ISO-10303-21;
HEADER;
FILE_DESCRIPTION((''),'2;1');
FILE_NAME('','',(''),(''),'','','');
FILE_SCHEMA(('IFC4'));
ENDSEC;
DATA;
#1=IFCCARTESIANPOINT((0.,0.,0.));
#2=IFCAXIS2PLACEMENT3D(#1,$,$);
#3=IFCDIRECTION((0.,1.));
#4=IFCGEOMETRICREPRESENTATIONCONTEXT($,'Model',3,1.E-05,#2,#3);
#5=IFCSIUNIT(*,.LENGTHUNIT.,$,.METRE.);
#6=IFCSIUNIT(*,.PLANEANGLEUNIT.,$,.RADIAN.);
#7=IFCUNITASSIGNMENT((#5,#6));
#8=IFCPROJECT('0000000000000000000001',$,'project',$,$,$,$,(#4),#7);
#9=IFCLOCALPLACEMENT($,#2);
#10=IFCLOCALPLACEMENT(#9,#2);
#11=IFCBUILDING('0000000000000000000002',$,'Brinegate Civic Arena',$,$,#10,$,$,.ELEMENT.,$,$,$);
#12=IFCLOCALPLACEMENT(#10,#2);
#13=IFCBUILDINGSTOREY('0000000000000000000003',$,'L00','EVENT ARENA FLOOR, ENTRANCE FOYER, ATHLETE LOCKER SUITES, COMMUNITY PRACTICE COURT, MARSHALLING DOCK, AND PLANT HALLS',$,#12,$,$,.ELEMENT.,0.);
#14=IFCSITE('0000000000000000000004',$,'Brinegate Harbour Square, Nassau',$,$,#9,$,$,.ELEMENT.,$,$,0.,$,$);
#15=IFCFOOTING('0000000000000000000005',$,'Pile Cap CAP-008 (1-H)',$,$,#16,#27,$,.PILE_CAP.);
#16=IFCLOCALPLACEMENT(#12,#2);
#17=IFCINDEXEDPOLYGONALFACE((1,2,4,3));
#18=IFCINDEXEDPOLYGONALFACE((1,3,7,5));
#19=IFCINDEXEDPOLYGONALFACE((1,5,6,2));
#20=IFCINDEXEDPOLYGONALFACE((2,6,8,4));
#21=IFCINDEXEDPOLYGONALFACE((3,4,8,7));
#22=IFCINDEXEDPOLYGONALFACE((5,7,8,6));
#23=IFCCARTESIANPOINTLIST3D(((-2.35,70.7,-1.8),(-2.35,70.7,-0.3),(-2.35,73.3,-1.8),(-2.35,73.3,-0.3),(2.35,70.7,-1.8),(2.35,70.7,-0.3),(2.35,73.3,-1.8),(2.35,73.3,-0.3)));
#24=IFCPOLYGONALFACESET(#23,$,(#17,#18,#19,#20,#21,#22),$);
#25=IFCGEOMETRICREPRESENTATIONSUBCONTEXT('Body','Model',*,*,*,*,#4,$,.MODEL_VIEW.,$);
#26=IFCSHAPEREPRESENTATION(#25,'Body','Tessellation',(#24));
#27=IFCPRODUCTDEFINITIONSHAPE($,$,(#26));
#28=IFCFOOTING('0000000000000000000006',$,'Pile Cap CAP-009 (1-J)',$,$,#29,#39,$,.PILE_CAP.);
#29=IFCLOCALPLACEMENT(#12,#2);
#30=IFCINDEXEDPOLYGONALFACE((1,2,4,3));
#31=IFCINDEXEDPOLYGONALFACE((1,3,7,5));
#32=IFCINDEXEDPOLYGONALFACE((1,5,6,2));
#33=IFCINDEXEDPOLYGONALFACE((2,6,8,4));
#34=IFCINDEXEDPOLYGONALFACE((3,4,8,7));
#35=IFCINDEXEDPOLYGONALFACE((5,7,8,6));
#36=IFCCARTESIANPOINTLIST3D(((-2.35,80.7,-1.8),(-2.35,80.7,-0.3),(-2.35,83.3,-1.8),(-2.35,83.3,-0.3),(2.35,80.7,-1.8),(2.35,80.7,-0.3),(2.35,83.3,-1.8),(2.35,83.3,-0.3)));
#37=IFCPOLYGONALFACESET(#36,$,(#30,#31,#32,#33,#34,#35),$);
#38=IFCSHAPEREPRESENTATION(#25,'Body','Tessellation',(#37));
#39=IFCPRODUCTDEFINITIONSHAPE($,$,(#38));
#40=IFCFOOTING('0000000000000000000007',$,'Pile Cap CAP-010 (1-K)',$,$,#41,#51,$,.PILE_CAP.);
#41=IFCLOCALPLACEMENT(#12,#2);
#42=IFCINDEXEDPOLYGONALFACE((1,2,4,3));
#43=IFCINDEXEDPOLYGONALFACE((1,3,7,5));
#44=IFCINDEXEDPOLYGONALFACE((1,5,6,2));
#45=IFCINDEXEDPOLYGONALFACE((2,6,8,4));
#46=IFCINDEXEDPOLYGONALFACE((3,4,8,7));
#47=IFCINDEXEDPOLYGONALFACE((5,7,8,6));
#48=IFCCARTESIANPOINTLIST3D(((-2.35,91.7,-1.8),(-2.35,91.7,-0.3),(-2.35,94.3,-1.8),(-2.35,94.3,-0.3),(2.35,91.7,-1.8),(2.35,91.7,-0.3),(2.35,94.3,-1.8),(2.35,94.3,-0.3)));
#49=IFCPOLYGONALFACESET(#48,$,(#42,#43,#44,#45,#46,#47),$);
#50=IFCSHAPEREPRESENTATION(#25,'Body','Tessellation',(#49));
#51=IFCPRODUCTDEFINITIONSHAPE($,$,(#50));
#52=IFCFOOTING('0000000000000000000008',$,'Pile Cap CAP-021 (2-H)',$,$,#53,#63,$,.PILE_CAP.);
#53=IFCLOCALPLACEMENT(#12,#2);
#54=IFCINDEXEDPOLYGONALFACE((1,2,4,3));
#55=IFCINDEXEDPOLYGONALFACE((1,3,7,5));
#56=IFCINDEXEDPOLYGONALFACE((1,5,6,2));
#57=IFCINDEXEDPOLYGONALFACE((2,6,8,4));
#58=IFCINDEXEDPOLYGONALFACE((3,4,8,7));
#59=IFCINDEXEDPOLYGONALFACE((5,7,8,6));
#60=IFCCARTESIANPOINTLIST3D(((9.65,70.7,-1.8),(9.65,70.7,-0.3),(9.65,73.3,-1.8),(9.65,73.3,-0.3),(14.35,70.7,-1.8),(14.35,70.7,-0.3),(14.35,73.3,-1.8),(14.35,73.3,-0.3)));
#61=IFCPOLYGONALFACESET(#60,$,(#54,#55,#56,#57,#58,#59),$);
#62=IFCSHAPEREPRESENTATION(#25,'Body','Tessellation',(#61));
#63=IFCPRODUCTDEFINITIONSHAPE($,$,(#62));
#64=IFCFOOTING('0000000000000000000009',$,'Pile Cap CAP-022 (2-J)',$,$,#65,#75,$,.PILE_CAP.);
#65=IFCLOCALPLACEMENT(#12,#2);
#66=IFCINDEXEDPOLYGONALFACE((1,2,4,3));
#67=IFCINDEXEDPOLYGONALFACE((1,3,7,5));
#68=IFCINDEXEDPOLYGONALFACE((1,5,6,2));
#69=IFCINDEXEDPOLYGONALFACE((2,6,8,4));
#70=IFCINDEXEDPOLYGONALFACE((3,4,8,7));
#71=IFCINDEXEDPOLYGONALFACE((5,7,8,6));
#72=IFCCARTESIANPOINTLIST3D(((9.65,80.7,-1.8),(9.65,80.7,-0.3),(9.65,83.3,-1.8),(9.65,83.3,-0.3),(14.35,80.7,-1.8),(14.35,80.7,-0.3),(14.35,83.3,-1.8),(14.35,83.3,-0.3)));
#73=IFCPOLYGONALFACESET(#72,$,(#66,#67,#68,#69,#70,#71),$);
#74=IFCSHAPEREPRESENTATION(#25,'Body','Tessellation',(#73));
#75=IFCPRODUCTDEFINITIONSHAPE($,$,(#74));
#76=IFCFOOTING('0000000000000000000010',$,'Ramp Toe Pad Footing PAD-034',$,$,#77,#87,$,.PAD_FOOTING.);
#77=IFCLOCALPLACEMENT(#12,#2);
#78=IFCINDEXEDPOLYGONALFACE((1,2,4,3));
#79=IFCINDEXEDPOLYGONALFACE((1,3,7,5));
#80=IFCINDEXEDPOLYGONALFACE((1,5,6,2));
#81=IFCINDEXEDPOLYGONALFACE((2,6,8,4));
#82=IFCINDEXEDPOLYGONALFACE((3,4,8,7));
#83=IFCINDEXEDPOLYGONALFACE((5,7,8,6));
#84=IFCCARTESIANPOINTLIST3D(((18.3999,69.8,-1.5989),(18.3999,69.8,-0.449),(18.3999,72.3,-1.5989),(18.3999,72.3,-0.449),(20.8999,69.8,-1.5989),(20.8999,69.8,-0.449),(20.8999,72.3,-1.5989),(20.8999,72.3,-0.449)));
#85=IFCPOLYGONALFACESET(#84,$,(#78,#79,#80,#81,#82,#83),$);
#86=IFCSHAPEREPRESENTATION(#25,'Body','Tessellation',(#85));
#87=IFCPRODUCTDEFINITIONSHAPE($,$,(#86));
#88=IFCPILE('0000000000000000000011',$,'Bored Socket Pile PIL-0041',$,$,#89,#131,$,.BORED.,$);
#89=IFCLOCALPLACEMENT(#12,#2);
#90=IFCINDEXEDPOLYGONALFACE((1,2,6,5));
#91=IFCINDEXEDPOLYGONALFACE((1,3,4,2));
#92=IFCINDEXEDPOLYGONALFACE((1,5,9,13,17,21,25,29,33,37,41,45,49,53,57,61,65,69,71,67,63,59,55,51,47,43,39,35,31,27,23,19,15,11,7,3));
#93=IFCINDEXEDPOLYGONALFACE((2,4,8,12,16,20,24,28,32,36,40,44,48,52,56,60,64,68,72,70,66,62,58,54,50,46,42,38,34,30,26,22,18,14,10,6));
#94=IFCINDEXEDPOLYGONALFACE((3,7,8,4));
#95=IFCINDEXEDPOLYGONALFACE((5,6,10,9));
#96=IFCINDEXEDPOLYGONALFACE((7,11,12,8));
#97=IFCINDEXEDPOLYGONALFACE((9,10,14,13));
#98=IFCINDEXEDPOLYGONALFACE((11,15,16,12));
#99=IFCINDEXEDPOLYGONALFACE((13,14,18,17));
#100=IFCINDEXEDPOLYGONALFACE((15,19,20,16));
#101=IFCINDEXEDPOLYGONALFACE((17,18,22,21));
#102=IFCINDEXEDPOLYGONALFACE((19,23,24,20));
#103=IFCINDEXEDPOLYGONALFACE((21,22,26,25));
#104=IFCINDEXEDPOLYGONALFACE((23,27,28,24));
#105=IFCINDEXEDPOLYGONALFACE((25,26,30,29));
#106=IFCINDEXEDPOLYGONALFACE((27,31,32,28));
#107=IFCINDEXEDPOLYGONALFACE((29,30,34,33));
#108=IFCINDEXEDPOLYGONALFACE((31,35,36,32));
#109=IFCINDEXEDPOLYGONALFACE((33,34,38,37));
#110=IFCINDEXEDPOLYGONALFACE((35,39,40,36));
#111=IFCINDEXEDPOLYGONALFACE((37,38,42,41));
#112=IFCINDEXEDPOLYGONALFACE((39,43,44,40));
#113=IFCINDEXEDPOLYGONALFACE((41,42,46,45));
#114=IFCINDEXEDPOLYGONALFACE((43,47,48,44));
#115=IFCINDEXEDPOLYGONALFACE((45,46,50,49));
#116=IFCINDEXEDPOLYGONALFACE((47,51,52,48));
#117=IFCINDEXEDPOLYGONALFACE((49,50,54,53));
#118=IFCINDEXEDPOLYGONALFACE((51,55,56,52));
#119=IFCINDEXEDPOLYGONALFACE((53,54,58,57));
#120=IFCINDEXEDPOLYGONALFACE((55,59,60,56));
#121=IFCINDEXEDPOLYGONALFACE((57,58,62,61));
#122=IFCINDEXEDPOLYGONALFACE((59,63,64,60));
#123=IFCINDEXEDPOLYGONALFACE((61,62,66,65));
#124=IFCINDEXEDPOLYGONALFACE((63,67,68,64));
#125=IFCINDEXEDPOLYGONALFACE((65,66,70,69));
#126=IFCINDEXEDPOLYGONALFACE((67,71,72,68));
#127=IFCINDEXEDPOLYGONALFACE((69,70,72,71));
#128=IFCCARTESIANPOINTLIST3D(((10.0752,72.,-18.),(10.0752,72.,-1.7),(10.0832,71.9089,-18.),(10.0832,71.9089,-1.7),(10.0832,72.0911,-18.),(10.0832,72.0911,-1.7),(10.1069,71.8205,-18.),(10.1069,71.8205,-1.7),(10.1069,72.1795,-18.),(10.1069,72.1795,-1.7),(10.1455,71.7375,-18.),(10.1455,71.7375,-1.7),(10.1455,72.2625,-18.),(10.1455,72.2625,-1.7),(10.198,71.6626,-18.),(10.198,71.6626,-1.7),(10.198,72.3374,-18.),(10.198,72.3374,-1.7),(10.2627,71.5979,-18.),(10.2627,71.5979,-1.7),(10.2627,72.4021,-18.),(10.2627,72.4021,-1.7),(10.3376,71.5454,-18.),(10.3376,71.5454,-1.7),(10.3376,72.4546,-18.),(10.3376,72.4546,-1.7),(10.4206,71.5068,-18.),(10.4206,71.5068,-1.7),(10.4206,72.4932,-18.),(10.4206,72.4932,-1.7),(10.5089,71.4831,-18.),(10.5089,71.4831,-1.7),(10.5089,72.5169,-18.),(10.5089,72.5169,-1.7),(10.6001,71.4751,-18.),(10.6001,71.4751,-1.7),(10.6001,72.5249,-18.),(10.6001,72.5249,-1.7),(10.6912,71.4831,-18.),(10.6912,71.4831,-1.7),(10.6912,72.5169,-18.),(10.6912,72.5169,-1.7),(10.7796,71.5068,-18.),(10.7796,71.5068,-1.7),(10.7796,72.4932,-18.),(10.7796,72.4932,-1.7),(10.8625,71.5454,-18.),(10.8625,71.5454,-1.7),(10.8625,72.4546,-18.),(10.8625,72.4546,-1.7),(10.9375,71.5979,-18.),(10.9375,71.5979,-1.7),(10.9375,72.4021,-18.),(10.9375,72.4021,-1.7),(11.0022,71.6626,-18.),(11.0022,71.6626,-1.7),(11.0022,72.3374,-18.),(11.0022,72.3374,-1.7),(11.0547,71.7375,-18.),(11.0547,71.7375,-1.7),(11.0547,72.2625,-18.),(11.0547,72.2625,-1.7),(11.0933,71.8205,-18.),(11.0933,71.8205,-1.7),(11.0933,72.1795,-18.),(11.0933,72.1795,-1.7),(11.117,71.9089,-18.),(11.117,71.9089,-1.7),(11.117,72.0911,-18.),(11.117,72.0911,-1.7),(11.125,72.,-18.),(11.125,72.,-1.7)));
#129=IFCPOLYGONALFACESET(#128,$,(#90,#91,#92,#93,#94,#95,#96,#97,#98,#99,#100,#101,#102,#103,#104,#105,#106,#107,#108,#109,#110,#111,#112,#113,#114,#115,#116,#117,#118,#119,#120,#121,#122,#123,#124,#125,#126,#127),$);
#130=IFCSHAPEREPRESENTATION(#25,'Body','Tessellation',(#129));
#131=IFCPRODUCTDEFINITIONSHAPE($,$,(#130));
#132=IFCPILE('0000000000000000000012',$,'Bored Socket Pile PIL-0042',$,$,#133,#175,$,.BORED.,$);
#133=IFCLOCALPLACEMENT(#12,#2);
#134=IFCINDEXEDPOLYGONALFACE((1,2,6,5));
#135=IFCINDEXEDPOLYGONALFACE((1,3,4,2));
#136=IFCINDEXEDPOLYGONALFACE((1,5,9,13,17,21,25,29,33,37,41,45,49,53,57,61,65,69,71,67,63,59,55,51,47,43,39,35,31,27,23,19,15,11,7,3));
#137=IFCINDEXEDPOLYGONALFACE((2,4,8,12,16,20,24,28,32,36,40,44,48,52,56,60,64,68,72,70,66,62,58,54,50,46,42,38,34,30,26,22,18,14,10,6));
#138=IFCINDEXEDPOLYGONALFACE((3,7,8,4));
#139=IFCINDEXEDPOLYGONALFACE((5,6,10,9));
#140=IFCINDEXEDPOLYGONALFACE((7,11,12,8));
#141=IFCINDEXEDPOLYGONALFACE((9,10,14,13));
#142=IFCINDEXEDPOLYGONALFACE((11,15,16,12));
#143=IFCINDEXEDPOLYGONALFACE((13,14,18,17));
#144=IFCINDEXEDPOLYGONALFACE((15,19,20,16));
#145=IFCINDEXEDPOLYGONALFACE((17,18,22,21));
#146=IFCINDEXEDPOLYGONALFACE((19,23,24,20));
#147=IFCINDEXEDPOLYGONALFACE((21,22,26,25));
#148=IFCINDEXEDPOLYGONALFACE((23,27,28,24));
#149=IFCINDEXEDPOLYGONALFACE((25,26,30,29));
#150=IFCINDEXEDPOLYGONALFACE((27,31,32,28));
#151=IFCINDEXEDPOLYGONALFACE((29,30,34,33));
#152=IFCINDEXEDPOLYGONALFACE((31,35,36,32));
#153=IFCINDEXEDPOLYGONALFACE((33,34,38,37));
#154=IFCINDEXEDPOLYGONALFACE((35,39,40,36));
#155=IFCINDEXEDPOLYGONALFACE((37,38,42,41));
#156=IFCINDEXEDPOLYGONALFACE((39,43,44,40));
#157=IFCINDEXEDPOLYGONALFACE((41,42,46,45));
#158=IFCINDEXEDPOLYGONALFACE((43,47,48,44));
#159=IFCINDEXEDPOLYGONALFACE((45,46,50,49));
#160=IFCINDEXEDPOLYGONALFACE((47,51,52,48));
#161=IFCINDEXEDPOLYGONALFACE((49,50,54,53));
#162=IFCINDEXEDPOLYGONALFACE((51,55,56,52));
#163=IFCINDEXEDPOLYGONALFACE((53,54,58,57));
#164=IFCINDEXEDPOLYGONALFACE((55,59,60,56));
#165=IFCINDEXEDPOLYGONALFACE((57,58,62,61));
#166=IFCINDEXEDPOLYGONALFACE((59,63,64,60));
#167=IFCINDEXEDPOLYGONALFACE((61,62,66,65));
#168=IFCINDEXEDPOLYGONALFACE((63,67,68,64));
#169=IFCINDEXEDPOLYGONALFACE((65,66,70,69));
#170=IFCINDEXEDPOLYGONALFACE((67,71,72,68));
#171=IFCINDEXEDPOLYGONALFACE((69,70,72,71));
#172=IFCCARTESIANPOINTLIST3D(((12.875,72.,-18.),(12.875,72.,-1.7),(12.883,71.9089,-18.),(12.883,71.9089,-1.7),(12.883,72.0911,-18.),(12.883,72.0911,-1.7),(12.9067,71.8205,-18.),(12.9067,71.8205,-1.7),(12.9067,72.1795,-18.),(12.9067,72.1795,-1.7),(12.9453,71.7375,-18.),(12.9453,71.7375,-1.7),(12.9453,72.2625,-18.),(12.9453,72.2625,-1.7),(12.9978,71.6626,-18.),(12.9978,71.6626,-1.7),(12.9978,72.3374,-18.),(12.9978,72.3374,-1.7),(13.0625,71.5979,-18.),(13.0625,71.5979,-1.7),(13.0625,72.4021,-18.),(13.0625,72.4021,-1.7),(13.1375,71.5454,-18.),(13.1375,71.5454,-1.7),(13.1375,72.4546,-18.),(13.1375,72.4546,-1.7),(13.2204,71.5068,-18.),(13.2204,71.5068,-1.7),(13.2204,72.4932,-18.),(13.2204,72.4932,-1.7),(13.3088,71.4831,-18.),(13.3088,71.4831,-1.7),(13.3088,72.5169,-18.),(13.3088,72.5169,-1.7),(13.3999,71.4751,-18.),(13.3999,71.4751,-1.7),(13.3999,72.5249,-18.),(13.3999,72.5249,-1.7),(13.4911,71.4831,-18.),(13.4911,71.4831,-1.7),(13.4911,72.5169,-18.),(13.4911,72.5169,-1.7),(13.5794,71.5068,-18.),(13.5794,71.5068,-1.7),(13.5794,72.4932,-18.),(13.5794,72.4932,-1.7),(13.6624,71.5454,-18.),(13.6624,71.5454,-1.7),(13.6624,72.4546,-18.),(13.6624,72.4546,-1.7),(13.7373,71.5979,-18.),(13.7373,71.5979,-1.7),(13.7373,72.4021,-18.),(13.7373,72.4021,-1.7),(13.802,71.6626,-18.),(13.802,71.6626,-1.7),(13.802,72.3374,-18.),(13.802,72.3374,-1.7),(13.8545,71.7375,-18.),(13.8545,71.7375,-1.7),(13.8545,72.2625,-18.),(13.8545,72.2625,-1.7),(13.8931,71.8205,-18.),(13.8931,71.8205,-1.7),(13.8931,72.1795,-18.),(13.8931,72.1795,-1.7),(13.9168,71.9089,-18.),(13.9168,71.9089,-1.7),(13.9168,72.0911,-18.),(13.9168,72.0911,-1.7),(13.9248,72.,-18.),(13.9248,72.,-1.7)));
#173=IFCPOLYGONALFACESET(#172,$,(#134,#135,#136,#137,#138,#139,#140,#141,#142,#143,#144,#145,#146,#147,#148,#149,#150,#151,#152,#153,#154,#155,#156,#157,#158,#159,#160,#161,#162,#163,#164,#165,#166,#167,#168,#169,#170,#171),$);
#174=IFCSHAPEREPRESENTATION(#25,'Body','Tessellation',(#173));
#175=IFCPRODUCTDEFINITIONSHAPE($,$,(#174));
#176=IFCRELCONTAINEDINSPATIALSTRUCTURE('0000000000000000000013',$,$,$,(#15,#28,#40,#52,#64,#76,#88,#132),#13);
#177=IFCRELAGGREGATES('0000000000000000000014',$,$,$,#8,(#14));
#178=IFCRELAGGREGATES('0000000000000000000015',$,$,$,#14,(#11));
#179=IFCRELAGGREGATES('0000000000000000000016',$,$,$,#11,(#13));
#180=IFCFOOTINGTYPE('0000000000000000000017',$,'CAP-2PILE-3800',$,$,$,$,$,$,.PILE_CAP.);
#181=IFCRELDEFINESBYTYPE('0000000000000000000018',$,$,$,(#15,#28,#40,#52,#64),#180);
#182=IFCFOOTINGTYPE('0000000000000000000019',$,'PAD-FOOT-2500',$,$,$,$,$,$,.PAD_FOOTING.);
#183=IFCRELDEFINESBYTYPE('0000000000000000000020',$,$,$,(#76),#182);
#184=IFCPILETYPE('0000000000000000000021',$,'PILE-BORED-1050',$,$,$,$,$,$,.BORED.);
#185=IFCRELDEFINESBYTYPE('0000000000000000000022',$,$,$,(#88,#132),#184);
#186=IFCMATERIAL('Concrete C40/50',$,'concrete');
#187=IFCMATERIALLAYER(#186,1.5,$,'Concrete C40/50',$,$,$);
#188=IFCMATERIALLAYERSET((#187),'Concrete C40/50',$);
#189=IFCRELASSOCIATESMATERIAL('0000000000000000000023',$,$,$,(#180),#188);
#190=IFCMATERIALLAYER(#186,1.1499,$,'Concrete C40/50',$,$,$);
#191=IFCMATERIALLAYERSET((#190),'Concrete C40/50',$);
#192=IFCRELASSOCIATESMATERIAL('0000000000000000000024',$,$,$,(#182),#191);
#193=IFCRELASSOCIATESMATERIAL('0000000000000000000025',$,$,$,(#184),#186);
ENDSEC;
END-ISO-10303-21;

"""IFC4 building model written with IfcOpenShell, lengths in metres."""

from ifc_helpers import new_model, si_unit, direction, frame, origin, origin_2d, place, context, subcontext, project, spatial, rectangle, circle, extrude, material, layer, layer_set, material_profile, profile_set, type_object, element, save


model = new_model("IFC4")

# Units and contexts
model_context = context("Model", 3, precision=1e-05, world=origin(), true_north=direction((0.0, 1.0)))
body_context = subcontext(model_context, "Body", "Model", "MODEL_VIEW")
ifc_project = project(units=[si_unit("LENGTHUNIT", "METRE"), si_unit("PLANEANGLEUNIT", "RADIAN")], contexts=[model_context])

# Site, building, storey
site_placement = place(None, origin())
site = spatial("IfcSite", under=ifc_project, at=site_placement, Name="Brinegate Harbour Square, Nassau", CompositionType="ELEMENT", RefElevation=0.0)
building_placement = place(site_placement, origin())
building = spatial("IfcBuilding", under=site, at=building_placement, Name="Brinegate Civic Arena", CompositionType="ELEMENT")
storey_placement = place(building_placement, origin())
storey = spatial("IfcBuildingStorey", under=building, at=storey_placement, Name="L00", Description="EVENT ARENA FLOOR, ENTRANCE FOYER, ATHLETE LOCKER SUITES, COMMUNITY PRACTICE COURT, MARSHALLING DOCK, AND PLANT HALLS", CompositionType="ELEMENT", Elevation=0.0)

# Footings
ifc_material_1 = material(Name="Concrete C40/50", Category="concrete")
ifc_layer_1 = layer(ifc_material_1, 1.5, Name="Concrete C40/50")
ifc_layer_set_1 = layer_set([ifc_layer_1], Name="Concrete C40/50")
footing_type_1 = type_object("IfcFootingType", Name="CAP-2PILE-3800", PredefinedType="PILE_CAP", material=ifc_layer_set_1)
for number, where, z_axis, x_axis, name in (
    (1, (0.0, 72.0, -1.8), (0.0, 0.0, 1.0), (1.0, 0.0, 0.0), "Pile Cap CAP-008 (1-H)"),
    (2, (0.0, 82.0, -1.8), (0.0, 0.0, 1.0), (1.0, 0.0, 0.0), "Pile Cap CAP-009 (1-J)"),
    (3, (0.0, 93.0, -1.8), (0.0, 0.0, 1.0), (1.0, 0.0, 0.0), "Pile Cap CAP-010 (1-K)"),
    (4, (12.0, 72.0, -1.8), (0.0, 0.0, 1.0), (1.0, 0.0, 0.0), "Pile Cap CAP-021 (2-H)"),
    (5, (12.0, 82.0, -1.8), (0.0, 0.0, 1.0), (1.0, 0.0, 0.0), "Pile Cap CAP-022 (2-J)"),
):
    element("IfcFooting", number, at=place(storey_placement, frame(where, z_axis=z_axis, x_axis=x_axis)), inside=storey, type_object=footing_type_1, Name=name, PredefinedType="PILE_CAP", context=body_context, shape_type="SweptSolid", body=[
        extrude(rectangle(XDim=4.7, YDim=2.6001, at=origin_2d()), origin(), (0.0, 0.0, 1.0), 1.5),
    ])
ifc_layer_2 = layer(ifc_material_1, 1.1499, Name="Concrete C40/50")
ifc_layer_set_2 = layer_set([ifc_layer_2], Name="Concrete C40/50")
footing_type_2 = type_object("IfcFootingType", Name="PAD-FOOT-2500", PredefinedType="PAD_FOOTING", material=ifc_layer_set_2)
footing_1_placement = place(storey_placement, frame((19.6499, 71.05, -1.5989), z_axis=(0.0, 0.0, 1.0), x_axis=(1.0, 0.0, 0.0)))
element("IfcFooting", 6, at=footing_1_placement, inside=storey, type_object=footing_type_2, Name="Ramp Toe Pad Footing PAD-034", PredefinedType="PAD_FOOTING", context=body_context, shape_type="SweptSolid", body=[
    extrude(rectangle(XDim=2.5, YDim=2.5, at=origin_2d()), origin(), (0.0, 0.0, 1.0), 1.1499),
])

# Piles
ifc_material_profile_1 = material_profile(ifc_material_1, circle(Radius=0.5249, at=origin_2d()), Name="PILED1050")
ifc_profile_set_1 = profile_set([ifc_material_profile_1], Name="Concrete C40/50")
pile_type_1 = type_object("IfcPileType", Name="PILE-BORED-1050", PredefinedType="BORED", material=ifc_profile_set_1)
for number, where, z_axis, x_axis, name in (
    (7, (10.6001, 72.0, -1.7), (0.0, 0.0, -1.0), (1.0, 0.0, 0.0), "Bored Socket Pile PIL-0041"),
    (8, (13.3999, 72.0, -1.7), (0.0, 0.0, -1.0), (1.0, 0.0, 0.0), "Bored Socket Pile PIL-0042"),
):
    element("IfcPile", number, at=place(storey_placement, frame(where, z_axis=z_axis, x_axis=x_axis)), inside=storey, type_object=pile_type_1, Name=name, PredefinedType="BORED", context=body_context, shape_type="SweptSolid", body=[
        extrude(circle(Radius=0.5249, at=origin_2d()), origin(), (0.0, 0.0, 1.0), 16.3),
    ])

save(model, "model.ifc")
